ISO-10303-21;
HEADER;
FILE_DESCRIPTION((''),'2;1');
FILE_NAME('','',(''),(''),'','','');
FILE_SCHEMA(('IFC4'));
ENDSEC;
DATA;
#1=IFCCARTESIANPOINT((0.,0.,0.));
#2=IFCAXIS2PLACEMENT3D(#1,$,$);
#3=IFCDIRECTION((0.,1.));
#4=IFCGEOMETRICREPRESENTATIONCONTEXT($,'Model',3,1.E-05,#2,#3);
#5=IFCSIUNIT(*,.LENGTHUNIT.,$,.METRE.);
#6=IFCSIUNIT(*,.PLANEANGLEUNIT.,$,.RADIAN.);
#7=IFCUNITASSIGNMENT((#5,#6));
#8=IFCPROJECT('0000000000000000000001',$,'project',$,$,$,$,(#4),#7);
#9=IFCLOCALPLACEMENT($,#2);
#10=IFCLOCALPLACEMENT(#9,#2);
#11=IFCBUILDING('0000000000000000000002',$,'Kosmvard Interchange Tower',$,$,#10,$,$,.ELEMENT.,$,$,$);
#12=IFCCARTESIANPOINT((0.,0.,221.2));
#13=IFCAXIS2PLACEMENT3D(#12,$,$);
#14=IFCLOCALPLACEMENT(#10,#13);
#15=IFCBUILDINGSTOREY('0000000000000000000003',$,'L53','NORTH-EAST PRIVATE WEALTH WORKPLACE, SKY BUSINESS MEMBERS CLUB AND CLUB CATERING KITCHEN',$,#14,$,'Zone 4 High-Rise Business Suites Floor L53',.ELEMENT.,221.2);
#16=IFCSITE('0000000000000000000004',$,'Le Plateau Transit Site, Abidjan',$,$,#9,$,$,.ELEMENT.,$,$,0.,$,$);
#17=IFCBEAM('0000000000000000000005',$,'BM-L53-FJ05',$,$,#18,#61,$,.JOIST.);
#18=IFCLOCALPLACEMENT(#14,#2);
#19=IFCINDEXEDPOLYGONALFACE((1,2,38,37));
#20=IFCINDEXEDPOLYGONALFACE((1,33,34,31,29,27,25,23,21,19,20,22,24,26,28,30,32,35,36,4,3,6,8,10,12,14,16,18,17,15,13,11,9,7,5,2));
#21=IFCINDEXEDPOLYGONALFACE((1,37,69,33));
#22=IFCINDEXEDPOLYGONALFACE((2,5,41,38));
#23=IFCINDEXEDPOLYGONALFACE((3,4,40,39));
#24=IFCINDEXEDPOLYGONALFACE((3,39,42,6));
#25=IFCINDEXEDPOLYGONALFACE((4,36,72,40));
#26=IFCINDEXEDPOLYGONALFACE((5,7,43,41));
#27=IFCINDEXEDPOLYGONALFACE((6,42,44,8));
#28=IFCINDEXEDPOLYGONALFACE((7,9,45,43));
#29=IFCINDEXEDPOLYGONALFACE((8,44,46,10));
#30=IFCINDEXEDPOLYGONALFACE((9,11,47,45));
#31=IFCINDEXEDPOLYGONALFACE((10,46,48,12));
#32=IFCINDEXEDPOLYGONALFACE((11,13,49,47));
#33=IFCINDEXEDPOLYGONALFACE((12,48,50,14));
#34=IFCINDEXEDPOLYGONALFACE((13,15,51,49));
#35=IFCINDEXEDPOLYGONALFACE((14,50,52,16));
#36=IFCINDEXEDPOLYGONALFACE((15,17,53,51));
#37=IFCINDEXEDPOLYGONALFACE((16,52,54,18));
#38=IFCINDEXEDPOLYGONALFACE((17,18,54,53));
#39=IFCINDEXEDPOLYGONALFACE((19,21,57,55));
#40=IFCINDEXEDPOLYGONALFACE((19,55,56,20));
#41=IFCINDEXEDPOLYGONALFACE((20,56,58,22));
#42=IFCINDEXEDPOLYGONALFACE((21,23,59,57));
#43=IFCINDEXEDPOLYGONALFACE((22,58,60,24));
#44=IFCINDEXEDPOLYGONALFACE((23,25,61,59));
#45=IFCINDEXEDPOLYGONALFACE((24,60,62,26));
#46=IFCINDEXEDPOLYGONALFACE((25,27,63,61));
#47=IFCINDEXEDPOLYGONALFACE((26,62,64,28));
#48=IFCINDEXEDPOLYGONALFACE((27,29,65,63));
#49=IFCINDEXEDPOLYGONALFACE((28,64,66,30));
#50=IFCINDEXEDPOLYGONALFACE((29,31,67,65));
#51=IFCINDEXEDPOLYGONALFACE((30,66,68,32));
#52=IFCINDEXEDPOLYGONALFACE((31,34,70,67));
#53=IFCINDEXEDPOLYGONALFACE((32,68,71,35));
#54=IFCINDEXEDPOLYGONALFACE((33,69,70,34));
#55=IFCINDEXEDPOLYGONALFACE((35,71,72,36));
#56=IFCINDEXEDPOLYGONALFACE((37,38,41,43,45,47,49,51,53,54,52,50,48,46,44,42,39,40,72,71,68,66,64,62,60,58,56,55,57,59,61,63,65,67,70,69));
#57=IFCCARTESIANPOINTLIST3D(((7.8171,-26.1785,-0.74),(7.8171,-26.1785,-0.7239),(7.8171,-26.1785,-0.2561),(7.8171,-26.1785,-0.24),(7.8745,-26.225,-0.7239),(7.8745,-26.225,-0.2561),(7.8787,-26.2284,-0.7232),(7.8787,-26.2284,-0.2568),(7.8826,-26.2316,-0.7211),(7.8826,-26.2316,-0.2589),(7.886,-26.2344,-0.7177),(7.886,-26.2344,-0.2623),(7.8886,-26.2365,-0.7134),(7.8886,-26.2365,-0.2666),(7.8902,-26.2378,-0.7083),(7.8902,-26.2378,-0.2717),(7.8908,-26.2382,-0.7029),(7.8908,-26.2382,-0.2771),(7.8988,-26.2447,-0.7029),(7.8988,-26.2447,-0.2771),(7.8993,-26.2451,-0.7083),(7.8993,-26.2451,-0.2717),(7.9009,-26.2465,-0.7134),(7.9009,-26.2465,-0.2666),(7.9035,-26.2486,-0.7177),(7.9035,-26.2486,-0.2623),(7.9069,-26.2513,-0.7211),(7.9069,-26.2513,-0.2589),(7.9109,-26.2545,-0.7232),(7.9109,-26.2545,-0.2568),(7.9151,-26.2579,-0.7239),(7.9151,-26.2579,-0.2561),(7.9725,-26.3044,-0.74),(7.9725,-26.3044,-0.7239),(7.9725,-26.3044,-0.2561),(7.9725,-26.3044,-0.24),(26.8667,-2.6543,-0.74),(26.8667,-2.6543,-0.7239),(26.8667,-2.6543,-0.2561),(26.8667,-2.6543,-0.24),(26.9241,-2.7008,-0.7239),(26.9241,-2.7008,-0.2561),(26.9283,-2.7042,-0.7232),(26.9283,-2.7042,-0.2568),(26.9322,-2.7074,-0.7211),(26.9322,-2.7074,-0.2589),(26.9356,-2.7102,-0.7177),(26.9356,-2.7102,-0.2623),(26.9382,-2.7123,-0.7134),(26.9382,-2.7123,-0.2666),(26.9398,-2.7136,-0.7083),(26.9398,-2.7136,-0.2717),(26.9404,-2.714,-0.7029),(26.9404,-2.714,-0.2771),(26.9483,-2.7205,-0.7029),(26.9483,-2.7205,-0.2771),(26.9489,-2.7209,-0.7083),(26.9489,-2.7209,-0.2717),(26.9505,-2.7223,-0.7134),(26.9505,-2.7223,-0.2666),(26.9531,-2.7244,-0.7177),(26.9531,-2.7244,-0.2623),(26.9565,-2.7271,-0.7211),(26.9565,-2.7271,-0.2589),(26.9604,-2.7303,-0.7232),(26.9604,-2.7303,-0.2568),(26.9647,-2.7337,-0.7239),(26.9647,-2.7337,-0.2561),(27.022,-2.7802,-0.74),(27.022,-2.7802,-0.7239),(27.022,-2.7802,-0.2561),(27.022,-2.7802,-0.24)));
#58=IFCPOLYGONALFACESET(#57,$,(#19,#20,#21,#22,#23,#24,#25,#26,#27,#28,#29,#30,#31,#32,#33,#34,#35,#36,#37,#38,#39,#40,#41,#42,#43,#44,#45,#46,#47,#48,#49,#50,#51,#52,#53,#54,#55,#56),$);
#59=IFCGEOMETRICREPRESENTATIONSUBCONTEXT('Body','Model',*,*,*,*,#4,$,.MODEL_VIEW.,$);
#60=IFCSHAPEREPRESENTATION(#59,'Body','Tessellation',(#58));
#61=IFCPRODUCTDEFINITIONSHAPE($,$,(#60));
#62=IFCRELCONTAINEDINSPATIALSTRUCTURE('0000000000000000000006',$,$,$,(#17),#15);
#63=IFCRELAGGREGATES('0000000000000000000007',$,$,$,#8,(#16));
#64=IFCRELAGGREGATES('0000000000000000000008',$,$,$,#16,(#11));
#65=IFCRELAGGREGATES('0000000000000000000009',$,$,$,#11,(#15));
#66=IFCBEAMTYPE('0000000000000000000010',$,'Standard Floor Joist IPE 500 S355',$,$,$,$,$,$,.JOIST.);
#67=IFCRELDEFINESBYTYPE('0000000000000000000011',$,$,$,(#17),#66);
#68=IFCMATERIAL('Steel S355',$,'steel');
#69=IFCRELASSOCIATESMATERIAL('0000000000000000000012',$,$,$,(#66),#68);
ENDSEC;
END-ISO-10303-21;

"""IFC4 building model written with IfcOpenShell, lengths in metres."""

from ifc_helpers import new_model, si_unit, direction, frame, origin, origin_2d, place, context, subcontext, project, spatial, i_section, extrude, source, transform, mapped, material, material_profile, profile_set, type_object, element, save


model = new_model("IFC4")

# Units and contexts
model_context = context("Model", 3, precision=1e-05, world=origin(), true_north=direction((0.0, 1.0)))
body_context = subcontext(model_context, "Body", "Model", "MODEL_VIEW")
ifc_project = project(units=[si_unit("LENGTHUNIT", "METRE"), si_unit("PLANEANGLEUNIT", "RADIAN")], contexts=[model_context])

# Site, building, storey
site_placement = place(None, origin())
site = spatial("IfcSite", under=ifc_project, at=site_placement, Name="Le Plateau Transit Site, Abidjan", CompositionType="ELEMENT", RefElevation=0.0)
building_placement = place(site_placement, origin())
building = spatial("IfcBuilding", under=site, at=building_placement, Name="Kosmvard Interchange Tower", CompositionType="ELEMENT")
storey_placement = place(building_placement, frame((0.0, 0.0, 221.2)))
storey = spatial("IfcBuildingStorey", under=building, at=storey_placement, Name="L53", Description="NORTH-EAST PRIVATE WEALTH WORKPLACE, SKY BUSINESS MEMBERS CLUB AND CLUB CATERING KITCHEN", LongName="Zone 4 High-Rise Business Suites Floor L53", CompositionType="ELEMENT", Elevation=221.2)

# Beam
ifc_material_1 = material(Name="Steel S355", Category="steel")
ifc_material_profile_1 = material_profile(ifc_material_1, i_section(OverallWidth=0.2, OverallDepth=0.5, WebThickness=0.0103, FlangeThickness=0.0161, FilletRadius=0.021, at=origin_2d()), Name="IPE 500")
ifc_profile_set_1 = profile_set([ifc_material_profile_1], Name="Steel S355")
beam_type_1 = type_object("IfcBeamType", Name="Standard Floor Joist IPE 500 S355", PredefinedType="JOIST", material=ifc_profile_set_1)
shared_shape_1 = source(origin(), body_context, "Body", "SweptSolid", [
    extrude(i_section(OverallWidth=0.2, OverallDepth=0.5, WebThickness=0.0103, FlangeThickness=0.0161, FilletRadius=0.021, at=origin_2d()), origin(), (0.0, 0.0, 1.0), 30.27),
])
beam_1_placement = place(storey_placement, frame((7.8948, -26.2415, -0.49), z_axis=(0.629322, 0.777145, 0.0), x_axis=(-0.777145, 0.629322, 0.0)))
element("IfcBeam", 1, at=beam_1_placement, inside=storey, type_object=beam_type_1, Name="BM-L53-FJ05", PredefinedType="JOIST", context=body_context, shape_type="MappedRepresentation", body=[
    mapped(shared_shape_1, transform((0.0, 0.0, 0.0), scale=1.0)),
])

save(model, "model.ifc")
